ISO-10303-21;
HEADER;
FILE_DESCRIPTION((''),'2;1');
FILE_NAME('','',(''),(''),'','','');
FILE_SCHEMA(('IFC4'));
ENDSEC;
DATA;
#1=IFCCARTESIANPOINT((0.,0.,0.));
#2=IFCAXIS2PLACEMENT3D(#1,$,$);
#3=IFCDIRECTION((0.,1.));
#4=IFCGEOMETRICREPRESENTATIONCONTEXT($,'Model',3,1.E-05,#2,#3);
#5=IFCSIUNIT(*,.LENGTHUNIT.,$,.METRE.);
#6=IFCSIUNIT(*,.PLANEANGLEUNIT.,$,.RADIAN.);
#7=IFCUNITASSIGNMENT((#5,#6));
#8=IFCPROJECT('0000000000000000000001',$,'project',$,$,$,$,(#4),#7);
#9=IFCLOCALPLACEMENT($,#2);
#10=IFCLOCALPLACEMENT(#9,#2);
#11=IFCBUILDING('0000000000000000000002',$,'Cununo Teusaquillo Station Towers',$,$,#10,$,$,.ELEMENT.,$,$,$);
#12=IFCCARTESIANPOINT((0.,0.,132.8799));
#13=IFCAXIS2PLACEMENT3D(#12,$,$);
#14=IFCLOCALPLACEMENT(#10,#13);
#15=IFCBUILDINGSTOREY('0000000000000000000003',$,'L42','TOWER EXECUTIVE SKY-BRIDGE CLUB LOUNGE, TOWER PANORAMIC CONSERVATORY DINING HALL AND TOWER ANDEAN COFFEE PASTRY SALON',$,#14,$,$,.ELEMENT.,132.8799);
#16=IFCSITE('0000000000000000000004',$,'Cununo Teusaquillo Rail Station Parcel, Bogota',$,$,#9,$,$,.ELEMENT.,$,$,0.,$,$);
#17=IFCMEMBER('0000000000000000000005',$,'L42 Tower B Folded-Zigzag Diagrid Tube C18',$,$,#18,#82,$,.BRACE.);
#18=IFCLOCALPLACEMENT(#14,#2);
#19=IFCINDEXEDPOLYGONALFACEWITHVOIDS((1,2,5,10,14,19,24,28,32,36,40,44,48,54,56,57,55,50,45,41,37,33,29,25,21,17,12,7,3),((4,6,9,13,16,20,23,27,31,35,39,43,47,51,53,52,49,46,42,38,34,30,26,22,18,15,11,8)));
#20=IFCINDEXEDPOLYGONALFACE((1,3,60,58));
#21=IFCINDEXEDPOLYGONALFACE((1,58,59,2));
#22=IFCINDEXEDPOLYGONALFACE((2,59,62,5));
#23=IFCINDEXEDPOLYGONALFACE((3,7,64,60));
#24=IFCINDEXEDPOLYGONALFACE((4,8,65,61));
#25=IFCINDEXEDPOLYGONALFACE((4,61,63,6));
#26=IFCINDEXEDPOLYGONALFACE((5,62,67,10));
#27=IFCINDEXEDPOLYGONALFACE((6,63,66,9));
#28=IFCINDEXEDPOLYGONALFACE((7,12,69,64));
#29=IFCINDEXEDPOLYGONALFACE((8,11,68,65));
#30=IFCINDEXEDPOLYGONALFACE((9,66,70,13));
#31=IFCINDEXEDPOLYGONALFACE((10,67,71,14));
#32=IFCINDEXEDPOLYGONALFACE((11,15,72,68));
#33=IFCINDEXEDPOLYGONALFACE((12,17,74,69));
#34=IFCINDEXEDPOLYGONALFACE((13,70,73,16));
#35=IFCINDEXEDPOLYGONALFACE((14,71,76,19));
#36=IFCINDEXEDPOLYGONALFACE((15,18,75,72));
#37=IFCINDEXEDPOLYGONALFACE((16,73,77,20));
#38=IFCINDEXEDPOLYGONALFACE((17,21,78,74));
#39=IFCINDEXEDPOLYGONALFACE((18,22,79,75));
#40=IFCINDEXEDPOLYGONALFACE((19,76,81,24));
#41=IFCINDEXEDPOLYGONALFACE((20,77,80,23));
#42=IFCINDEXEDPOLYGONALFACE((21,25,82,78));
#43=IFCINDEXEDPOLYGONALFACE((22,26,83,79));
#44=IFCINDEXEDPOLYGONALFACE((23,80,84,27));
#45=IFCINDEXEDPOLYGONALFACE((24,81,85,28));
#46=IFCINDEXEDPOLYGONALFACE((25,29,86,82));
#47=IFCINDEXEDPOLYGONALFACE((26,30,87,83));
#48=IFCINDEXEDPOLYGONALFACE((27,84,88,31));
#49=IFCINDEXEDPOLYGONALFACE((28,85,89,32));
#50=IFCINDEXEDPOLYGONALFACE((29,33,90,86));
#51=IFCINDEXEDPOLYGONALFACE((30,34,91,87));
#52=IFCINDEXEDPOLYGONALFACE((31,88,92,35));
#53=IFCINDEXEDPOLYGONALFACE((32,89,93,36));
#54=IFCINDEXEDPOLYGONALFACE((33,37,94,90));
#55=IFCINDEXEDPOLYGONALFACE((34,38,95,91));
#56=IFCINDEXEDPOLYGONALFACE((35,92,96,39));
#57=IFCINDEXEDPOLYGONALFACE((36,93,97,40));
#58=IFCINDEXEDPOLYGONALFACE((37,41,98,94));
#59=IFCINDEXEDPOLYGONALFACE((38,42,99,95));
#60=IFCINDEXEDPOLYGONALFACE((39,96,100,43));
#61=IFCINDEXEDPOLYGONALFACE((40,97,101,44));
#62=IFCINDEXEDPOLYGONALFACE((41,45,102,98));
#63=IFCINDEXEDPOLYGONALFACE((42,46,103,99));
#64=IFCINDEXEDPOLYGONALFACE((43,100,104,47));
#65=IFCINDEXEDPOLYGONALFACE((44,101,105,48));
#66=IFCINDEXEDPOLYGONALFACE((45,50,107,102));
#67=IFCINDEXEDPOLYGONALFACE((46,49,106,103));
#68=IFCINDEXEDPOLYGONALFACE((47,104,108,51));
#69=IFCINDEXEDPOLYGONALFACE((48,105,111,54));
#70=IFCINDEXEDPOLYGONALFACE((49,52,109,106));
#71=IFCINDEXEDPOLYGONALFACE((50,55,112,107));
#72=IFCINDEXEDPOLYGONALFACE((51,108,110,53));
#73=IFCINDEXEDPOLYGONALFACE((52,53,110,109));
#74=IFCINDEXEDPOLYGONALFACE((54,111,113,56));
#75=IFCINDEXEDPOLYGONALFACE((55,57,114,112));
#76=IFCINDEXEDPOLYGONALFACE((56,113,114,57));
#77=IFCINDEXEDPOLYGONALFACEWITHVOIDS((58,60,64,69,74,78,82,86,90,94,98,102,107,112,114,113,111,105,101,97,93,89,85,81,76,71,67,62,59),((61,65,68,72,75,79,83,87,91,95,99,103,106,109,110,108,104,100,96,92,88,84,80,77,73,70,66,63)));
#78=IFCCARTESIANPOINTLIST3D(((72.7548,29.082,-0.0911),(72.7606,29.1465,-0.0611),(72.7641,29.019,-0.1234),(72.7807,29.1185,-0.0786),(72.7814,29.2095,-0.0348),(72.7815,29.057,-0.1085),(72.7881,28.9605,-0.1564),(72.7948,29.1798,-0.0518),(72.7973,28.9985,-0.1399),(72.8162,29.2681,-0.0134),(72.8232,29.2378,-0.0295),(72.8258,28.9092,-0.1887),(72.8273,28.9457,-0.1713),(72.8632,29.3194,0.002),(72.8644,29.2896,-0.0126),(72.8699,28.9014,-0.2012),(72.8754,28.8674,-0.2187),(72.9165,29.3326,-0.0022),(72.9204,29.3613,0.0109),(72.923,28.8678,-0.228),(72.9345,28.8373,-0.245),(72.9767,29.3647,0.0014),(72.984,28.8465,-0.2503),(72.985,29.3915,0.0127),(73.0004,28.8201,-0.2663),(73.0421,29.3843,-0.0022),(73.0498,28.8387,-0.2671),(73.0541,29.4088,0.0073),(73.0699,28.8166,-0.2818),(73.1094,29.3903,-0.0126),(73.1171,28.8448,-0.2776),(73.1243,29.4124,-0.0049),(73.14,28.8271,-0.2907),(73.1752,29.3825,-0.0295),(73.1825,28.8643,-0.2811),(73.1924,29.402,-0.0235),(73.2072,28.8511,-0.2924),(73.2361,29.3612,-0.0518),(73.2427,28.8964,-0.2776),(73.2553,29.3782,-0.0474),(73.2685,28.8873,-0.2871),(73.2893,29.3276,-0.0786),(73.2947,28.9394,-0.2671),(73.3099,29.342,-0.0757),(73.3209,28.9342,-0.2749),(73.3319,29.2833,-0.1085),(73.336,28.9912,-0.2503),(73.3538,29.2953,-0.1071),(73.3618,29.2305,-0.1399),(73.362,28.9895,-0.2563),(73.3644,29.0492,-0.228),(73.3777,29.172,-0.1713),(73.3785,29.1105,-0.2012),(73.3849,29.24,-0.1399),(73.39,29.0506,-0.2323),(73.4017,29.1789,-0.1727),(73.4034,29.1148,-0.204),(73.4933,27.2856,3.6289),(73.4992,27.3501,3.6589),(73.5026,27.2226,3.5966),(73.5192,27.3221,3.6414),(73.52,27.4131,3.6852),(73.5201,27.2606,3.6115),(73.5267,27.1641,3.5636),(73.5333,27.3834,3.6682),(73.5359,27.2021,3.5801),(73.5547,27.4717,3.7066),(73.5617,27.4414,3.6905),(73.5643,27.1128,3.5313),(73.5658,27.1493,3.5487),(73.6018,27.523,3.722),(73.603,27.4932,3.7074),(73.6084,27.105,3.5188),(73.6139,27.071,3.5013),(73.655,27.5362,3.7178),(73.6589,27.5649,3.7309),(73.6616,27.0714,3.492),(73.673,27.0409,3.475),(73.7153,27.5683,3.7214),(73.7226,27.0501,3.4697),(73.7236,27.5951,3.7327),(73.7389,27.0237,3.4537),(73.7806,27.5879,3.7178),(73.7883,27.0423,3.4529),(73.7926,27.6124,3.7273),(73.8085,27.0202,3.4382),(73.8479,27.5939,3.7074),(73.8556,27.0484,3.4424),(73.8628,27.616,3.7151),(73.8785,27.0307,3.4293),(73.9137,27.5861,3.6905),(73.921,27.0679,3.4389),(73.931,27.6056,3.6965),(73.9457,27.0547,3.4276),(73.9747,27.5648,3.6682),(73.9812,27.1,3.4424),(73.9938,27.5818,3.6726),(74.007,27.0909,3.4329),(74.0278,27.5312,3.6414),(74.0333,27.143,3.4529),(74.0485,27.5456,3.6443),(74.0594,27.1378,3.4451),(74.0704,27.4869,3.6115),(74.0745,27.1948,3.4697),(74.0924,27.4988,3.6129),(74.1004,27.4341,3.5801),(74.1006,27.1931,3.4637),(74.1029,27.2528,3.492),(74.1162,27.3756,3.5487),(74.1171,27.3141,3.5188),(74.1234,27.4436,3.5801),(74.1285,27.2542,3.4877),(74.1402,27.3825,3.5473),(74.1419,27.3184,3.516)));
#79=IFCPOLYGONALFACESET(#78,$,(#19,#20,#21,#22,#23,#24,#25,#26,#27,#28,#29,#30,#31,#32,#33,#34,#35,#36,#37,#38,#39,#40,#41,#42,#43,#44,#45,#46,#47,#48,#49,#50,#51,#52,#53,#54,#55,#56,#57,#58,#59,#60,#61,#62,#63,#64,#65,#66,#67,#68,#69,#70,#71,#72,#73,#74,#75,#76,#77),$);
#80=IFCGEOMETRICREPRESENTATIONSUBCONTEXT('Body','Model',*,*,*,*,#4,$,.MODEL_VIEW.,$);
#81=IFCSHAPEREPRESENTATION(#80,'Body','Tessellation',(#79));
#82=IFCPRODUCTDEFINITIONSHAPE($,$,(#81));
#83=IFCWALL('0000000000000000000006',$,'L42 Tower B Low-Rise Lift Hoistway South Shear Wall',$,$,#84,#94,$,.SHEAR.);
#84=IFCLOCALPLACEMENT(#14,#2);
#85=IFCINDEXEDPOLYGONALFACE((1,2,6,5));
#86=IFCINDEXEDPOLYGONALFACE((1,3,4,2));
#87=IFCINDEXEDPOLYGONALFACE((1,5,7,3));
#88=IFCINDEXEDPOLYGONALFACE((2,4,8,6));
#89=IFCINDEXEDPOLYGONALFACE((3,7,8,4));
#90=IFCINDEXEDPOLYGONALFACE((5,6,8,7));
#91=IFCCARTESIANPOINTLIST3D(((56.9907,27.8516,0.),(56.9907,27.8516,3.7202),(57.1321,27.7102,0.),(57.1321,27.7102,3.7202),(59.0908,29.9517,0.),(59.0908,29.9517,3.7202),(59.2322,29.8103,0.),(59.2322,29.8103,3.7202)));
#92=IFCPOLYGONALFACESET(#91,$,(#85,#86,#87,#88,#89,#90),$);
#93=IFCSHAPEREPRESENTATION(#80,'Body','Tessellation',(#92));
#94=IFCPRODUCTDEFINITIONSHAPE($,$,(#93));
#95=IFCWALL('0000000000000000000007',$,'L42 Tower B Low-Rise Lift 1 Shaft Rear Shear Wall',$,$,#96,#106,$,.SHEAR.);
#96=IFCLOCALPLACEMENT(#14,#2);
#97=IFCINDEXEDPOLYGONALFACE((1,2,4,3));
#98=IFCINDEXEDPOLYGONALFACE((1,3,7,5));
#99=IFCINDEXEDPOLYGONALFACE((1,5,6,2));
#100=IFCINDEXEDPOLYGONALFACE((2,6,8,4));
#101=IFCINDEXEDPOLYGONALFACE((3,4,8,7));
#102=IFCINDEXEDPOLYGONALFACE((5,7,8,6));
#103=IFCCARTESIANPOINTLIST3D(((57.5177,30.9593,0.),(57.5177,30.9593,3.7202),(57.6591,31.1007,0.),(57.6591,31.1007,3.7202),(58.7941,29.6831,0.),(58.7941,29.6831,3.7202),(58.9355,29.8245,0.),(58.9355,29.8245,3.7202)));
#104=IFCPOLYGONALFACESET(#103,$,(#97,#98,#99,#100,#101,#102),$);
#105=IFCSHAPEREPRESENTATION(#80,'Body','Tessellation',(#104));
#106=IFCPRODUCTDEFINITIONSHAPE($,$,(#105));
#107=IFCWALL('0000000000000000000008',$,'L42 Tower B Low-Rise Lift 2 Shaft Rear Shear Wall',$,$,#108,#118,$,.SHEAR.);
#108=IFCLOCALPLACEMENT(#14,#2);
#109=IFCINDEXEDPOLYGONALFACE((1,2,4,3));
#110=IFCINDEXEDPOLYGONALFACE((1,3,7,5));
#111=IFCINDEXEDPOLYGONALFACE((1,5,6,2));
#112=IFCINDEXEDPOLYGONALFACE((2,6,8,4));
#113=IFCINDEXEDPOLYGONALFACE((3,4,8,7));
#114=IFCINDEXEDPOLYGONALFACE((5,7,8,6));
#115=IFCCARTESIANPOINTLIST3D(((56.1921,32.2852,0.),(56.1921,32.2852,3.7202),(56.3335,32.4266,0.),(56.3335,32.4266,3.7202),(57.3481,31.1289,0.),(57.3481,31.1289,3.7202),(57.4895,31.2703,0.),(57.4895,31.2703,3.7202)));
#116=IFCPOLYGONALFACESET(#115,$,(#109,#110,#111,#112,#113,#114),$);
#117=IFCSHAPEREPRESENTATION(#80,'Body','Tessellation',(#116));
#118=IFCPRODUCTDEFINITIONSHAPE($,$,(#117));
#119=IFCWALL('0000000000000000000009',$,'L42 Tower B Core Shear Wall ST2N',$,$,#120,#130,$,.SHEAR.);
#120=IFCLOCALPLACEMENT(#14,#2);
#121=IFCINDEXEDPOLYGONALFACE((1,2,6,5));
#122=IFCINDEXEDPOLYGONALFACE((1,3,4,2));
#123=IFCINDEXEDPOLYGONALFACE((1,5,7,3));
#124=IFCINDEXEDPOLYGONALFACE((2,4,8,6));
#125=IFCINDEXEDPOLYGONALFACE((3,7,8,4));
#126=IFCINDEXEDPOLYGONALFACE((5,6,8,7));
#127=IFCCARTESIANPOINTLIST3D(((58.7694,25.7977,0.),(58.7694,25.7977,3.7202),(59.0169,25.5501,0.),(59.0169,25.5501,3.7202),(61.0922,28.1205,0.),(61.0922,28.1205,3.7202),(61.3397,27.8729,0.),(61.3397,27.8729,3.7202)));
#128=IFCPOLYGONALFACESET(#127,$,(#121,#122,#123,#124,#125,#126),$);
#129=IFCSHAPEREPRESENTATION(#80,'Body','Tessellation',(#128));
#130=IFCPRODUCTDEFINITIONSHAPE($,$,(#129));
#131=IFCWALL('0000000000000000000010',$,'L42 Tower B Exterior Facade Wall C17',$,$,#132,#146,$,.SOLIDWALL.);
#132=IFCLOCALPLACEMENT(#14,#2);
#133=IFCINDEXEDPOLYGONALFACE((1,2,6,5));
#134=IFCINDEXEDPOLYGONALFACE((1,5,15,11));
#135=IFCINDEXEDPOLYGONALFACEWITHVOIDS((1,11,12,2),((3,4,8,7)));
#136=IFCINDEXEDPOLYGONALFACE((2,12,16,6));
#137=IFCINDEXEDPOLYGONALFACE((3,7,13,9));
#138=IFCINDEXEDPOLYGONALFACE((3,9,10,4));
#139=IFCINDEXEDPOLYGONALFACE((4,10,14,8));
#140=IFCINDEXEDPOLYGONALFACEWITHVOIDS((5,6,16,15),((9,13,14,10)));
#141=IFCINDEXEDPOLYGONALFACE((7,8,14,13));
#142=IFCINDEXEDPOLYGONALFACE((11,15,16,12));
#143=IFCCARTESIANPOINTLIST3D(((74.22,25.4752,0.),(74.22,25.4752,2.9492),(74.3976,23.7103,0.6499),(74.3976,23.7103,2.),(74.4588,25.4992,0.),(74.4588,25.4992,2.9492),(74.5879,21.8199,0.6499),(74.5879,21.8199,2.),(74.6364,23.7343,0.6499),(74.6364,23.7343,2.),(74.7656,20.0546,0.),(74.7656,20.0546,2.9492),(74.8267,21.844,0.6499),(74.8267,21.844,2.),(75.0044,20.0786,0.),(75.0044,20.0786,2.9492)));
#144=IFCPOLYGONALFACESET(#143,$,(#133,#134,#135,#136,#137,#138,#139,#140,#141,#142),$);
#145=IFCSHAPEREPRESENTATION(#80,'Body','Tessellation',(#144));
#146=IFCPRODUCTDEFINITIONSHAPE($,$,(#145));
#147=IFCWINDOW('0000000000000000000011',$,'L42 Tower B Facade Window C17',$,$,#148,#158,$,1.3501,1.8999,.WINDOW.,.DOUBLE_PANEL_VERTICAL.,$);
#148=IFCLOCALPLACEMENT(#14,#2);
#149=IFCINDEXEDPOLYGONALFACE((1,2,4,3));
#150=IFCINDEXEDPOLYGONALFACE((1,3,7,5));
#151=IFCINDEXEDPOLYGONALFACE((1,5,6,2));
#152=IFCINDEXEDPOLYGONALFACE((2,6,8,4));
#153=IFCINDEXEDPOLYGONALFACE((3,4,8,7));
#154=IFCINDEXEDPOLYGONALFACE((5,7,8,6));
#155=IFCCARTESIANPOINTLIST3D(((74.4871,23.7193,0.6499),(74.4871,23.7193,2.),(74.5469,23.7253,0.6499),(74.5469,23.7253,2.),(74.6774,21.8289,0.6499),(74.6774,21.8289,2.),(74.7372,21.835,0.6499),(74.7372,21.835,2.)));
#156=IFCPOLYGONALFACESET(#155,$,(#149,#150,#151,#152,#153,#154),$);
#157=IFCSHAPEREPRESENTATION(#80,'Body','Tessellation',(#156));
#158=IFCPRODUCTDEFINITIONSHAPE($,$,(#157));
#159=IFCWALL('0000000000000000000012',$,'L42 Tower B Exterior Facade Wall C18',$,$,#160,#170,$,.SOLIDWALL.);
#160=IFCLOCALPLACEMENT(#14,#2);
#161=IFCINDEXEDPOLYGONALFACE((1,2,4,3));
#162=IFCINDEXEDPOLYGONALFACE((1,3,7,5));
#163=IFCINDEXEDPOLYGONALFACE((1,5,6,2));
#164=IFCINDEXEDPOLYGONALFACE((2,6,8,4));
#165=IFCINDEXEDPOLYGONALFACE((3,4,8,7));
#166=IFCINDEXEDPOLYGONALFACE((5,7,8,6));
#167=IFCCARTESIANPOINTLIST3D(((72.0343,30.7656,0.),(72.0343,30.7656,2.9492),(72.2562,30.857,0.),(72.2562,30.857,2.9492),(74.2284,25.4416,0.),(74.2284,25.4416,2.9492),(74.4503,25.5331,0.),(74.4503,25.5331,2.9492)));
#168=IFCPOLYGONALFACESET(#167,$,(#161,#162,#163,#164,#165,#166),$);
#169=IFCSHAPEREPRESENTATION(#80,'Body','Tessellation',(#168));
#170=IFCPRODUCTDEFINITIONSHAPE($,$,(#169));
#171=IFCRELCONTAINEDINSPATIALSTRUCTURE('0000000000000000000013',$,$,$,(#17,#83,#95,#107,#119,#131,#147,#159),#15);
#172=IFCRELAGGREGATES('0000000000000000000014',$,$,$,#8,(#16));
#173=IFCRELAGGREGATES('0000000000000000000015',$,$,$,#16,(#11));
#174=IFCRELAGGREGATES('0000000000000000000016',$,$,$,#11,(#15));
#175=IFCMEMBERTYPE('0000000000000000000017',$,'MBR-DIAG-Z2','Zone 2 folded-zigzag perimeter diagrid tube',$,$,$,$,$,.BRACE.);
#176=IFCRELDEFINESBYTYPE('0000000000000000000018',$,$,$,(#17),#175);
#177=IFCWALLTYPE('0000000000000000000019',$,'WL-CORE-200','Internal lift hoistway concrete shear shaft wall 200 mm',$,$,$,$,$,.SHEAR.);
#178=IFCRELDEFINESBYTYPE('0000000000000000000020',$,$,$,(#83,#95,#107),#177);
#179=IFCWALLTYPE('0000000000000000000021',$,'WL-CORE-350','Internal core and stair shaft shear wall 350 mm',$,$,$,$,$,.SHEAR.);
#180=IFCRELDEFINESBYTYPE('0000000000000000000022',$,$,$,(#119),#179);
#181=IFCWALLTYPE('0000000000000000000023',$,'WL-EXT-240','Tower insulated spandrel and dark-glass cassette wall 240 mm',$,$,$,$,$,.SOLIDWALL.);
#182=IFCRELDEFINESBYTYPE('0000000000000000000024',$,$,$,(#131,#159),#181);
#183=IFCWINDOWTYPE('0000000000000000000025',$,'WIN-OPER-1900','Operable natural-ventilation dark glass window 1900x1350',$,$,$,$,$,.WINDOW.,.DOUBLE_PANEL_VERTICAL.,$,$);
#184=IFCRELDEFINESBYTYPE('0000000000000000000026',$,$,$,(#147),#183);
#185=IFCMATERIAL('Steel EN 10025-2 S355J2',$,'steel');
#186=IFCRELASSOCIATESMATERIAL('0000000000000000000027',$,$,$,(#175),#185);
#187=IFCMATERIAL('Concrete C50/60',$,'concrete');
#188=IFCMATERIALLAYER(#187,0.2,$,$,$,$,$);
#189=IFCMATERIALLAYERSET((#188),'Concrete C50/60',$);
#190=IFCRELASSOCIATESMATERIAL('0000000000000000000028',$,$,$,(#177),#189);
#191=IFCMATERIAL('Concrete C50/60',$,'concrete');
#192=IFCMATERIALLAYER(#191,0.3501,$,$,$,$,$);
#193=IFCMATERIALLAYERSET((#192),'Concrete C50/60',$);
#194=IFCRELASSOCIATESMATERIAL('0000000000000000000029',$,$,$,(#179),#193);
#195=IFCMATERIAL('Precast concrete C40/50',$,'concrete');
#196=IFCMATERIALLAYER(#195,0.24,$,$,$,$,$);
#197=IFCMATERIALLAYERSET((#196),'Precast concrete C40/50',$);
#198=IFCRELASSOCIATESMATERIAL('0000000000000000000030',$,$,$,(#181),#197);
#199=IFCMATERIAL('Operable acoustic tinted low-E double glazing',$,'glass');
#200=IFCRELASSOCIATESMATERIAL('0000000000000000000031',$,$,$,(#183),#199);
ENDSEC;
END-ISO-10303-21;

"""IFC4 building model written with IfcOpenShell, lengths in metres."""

from ifc_helpers import new_model, si_unit, direction, frame, frame_2d, origin, origin_2d, place, context, subcontext, project, spatial, rectangle, hollow_circle, extrude, source, transform, mapped, material, layer, layer_set, material_profile, profile_set, type_object, element, fill, save


model = new_model("IFC4")

# Units and contexts
model_context = context("Model", 3, precision=1e-05, world=origin(), true_north=direction((0.0, 1.0)))
body_context = subcontext(model_context, "Body", "Model", "MODEL_VIEW")
ifc_project = project(units=[si_unit("LENGTHUNIT", "METRE"), si_unit("PLANEANGLEUNIT", "RADIAN")], contexts=[model_context])

# Site, building, storey
site_placement = place(None, origin())
site = spatial("IfcSite", under=ifc_project, at=site_placement, Name="Cununo Teusaquillo Rail Station Parcel, Bogota", CompositionType="ELEMENT", RefElevation=0.0)
building_placement = place(site_placement, origin())
building = spatial("IfcBuilding", under=site, at=building_placement, Name="Cununo Teusaquillo Station Towers", CompositionType="ELEMENT")
storey_placement = place(building_placement, frame((0.0, 0.0, 132.8799)))
storey = spatial("IfcBuildingStorey", under=building, at=storey_placement, Name="L42", Description="TOWER EXECUTIVE SKY-BRIDGE CLUB LOUNGE, TOWER PANORAMIC CONSERVATORY DINING HALL AND TOWER ANDEAN COFFEE PASTRY SALON", CompositionType="ELEMENT", Elevation=132.8799)

# Member
ifc_material_1 = material(Name="Steel EN 10025-2 S355J2", Category="steel")
ifc_material_profile_1 = material_profile(ifc_material_1, hollow_circle(Radius=0.3301, WallThickness=0.0249, at=origin_2d()), Name="CHS 660x25")
ifc_profile_set_1 = profile_set([ifc_material_profile_1], Name="Steel EN 10025-2 S355J2")
member_type = type_object("IfcMemberType", Name="MBR-DIAG-Z2", Description="Zone 2 folded-zigzag perimeter diagrid tube", PredefinedType="BRACE", material=ifc_profile_set_1)
member_placement = place(storey_placement, frame((73.0796, 29.1145, -0.1399), z_axis=(0.175986, -0.428068, 0.886446), x_axis=(0.924889, 0.380238, 0.0)))
element("IfcMember", 1, at=member_placement, inside=storey, type_object=member_type, Name="L42 Tower B Folded-Zigzag Diagrid Tube C18", PredefinedType="BRACE", context=body_context, shape_type="SweptSolid", body=[
    extrude(hollow_circle(Radius=0.3301, WallThickness=0.0249, at=origin_2d()), origin(), (0.0, 0.0, 1.0), 4.1965),
])

# Walls
ifc_material_2 = material(Name="Concrete C50/60", Category="concrete")
ifc_layer_1 = layer(ifc_material_2, 0.2)
ifc_layer_set_1 = layer_set([ifc_layer_1], Name="Concrete C50/60")
wall_type_1 = type_object("IfcWallType", Name="WL-CORE-200", Description="Internal lift hoistway concrete shear shaft wall 200 mm", PredefinedType="SHEAR", material=ifc_layer_set_1)
wall_1_placement = place(storey_placement, frame((57.0615, 27.781, 0.0), z_axis=(0.0, 0.0, 1.0), x_axis=(0.707107, 0.707107, 0.0)))
element("IfcWall", 2, at=wall_1_placement, inside=storey, type_object=wall_type_1, Name="L42 Tower B Low-Rise Lift Hoistway South Shear Wall", PredefinedType="SHEAR", context=body_context, shape_type="SweptSolid", body=[
    extrude(rectangle(XDim=2.97, YDim=0.2, at=frame_2d((1.4849, 0.0))), origin(), (0.0, 0.0, 1.0), 3.7202),
])
wall_2_placement = place(storey_placement, frame((58.8647, 29.7539, 0.0), z_axis=(0.0, 0.0, 1.0), x_axis=(-0.707174, 0.707039, 0.0)))
element("IfcWall", 3, at=wall_2_placement, inside=storey, type_object=wall_type_1, Name="L42 Tower B Low-Rise Lift 1 Shaft Rear Shear Wall", PredefinedType="SHEAR", context=body_context, shape_type="SweptSolid", body=[
    extrude(rectangle(XDim=1.8049, YDim=0.2, at=frame_2d((0.9023, 0.0))), origin(), (0.0, 0.0, 1.0), 3.7202),
])
wall_3_placement = place(storey_placement, frame((57.4187, 31.1997, 0.0), z_axis=(0.0, 0.0, 1.0), x_axis=(-0.707032, 0.707181, 0.0)))
element("IfcWall", 4, at=wall_3_placement, inside=storey, type_object=wall_type_1, Name="L42 Tower B Low-Rise Lift 2 Shaft Rear Shear Wall", PredefinedType="SHEAR", context=body_context, shape_type="SweptSolid", body=[
    extrude(rectangle(XDim=1.635, YDim=0.2, at=frame_2d((0.8174, 0.0))), origin(), (0.0, 0.0, 1.0), 3.7202),
])
ifc_material_3 = material(Name="Concrete C50/60", Category="concrete")
ifc_layer_2 = layer(ifc_material_3, 0.3501)
ifc_layer_set_2 = layer_set([ifc_layer_2], Name="Concrete C50/60")
wall_type_2 = type_object("IfcWallType", Name="WL-CORE-350", Description="Internal core and stair shaft shear wall 350 mm", PredefinedType="SHEAR", material=ifc_layer_set_2)
wall_4_placement = place(storey_placement, frame((58.8931, 25.6738, 0.0), z_axis=(0.0, 0.0, 1.0), x_axis=(0.707107, 0.707107, 0.0)))
element("IfcWall", 5, at=wall_4_placement, inside=storey, type_object=wall_type_2, Name="L42 Tower B Core Shear Wall ST2N", PredefinedType="SHEAR", context=body_context, shape_type="SweptSolid", body=[
    extrude(rectangle(XDim=3.2849, YDim=0.3501, at=frame_2d((1.6426, 0.0))), origin(), (0.0, 0.0, 1.0), 3.7202),
])

# Wall, opening, window
ifc_material_4 = material(Name="Precast concrete C40/50", Category="concrete")
ifc_layer_3 = layer(ifc_material_4, 0.24)
ifc_layer_set_3 = layer_set([ifc_layer_3], Name="Precast concrete C40/50")
wall_type_3 = type_object("IfcWallType", Name="WL-EXT-240", Description="Tower insulated spandrel and dark-glass cassette wall 240 mm", PredefinedType="SOLIDWALL", material=ifc_layer_set_3)
wall_5_placement = place(storey_placement, frame((74.3394, 25.4873, 0.0), z_axis=(0.0, 0.0, 1.0), x_axis=(0.100156, -0.994972, 0.0)))
wall_5 = element("IfcWall", 6, at=wall_5_placement, inside=storey, type_object=wall_type_3, Name="L42 Tower B Exterior Facade Wall C17", PredefinedType="SOLIDWALL", context=body_context, shape_type="SweptSolid", body=[
    extrude(rectangle(XDim=5.448, YDim=0.24, at=frame_2d((2.7241, 0.0))), origin(), (0.0, 0.0, 1.0), 2.9492),
])
shared_shape_1 = source(origin(), body_context, "Body", "SweptSolid", [
    extrude(rectangle(XDim=1.8999, YDim=1.3501, at=frame_2d((0.95, 0.675))), frame((0.0, 0.1299, 0.0), z_axis=(0.0, -1.0, 0.0), x_axis=(1.0, 0.0, 0.0)), (0.0, 0.0, 1.0), 0.26),
])
opening_1_placement = place(wall_5_placement, frame((1.7739, 0.0, 0.6499)))
opening_1 = element("IfcOpeningElement", 7, at=opening_1_placement, cuts=wall_5, PredefinedType="OPENING", context=body_context, shape_type="MappedRepresentation", body=[
    mapped(shared_shape_1, transform((0.0, 0.0, 0.0), x_axis=(1.0, 0.0, 0.0), y_axis=(0.0, 1.0, 0.0), z_axis=(0.0, 0.0, 1.0), scale=1.0)),
])
ifc_material_5 = material(Name="Operable acoustic tinted low-E double glazing", Category="glass")
window_type = type_object("IfcWindowType", Name="WIN-OPER-1900", Description="Operable natural-ventilation dark glass window 1900x1350", PartitioningType="DOUBLE_PANEL_VERTICAL", PredefinedType="WINDOW", material=ifc_material_5)
shared_shape_2 = source(origin(), body_context, "Body", "SweptSolid", [
    extrude(rectangle(XDim=1.8999, YDim=1.3501, at=frame_2d((0.95, 0.675))), frame((0.0, 0.03, 0.0), z_axis=(0.0, -1.0, 0.0), x_axis=(1.0, 0.0, 0.0)), (0.0, 0.0, 1.0), 0.0601),
])
window_1_placement = place(opening_1_placement, origin())
window_1 = element("IfcWindow", 8, at=window_1_placement, inside=storey, type_object=window_type, Name="L42 Tower B Facade Window C17", OverallHeight=1.3501, OverallWidth=1.8999, PartitioningType="DOUBLE_PANEL_VERTICAL", PredefinedType="WINDOW", context=body_context, shape_type="MappedRepresentation", body=[
    mapped(shared_shape_2, transform((0.0, 0.0, 0.0), x_axis=(1.0, 0.0, 0.0), y_axis=(0.0, 1.0, 0.0), z_axis=(0.0, 0.0, 1.0), scale=1.0)),
])
fill(opening_1, window_1)

# Wall
wall_6_placement = place(storey_placement, frame((72.1453, 30.8113, 0.0), z_axis=(0.0, 0.0, 1.0), x_axis=(0.381027, -0.924564, 0.0)))
element("IfcWall", 9, at=wall_6_placement, inside=storey, type_object=wall_type_3, Name="L42 Tower B Exterior Facade Wall C18", PredefinedType="SOLIDWALL", context=body_context, shape_type="SweptSolid", body=[
    extrude(rectangle(XDim=5.7583, YDim=0.24, at=frame_2d((2.8792, 0.0))), origin(), (0.0, 0.0, 1.0), 2.9492),
])

save(model, "model.ifc")
